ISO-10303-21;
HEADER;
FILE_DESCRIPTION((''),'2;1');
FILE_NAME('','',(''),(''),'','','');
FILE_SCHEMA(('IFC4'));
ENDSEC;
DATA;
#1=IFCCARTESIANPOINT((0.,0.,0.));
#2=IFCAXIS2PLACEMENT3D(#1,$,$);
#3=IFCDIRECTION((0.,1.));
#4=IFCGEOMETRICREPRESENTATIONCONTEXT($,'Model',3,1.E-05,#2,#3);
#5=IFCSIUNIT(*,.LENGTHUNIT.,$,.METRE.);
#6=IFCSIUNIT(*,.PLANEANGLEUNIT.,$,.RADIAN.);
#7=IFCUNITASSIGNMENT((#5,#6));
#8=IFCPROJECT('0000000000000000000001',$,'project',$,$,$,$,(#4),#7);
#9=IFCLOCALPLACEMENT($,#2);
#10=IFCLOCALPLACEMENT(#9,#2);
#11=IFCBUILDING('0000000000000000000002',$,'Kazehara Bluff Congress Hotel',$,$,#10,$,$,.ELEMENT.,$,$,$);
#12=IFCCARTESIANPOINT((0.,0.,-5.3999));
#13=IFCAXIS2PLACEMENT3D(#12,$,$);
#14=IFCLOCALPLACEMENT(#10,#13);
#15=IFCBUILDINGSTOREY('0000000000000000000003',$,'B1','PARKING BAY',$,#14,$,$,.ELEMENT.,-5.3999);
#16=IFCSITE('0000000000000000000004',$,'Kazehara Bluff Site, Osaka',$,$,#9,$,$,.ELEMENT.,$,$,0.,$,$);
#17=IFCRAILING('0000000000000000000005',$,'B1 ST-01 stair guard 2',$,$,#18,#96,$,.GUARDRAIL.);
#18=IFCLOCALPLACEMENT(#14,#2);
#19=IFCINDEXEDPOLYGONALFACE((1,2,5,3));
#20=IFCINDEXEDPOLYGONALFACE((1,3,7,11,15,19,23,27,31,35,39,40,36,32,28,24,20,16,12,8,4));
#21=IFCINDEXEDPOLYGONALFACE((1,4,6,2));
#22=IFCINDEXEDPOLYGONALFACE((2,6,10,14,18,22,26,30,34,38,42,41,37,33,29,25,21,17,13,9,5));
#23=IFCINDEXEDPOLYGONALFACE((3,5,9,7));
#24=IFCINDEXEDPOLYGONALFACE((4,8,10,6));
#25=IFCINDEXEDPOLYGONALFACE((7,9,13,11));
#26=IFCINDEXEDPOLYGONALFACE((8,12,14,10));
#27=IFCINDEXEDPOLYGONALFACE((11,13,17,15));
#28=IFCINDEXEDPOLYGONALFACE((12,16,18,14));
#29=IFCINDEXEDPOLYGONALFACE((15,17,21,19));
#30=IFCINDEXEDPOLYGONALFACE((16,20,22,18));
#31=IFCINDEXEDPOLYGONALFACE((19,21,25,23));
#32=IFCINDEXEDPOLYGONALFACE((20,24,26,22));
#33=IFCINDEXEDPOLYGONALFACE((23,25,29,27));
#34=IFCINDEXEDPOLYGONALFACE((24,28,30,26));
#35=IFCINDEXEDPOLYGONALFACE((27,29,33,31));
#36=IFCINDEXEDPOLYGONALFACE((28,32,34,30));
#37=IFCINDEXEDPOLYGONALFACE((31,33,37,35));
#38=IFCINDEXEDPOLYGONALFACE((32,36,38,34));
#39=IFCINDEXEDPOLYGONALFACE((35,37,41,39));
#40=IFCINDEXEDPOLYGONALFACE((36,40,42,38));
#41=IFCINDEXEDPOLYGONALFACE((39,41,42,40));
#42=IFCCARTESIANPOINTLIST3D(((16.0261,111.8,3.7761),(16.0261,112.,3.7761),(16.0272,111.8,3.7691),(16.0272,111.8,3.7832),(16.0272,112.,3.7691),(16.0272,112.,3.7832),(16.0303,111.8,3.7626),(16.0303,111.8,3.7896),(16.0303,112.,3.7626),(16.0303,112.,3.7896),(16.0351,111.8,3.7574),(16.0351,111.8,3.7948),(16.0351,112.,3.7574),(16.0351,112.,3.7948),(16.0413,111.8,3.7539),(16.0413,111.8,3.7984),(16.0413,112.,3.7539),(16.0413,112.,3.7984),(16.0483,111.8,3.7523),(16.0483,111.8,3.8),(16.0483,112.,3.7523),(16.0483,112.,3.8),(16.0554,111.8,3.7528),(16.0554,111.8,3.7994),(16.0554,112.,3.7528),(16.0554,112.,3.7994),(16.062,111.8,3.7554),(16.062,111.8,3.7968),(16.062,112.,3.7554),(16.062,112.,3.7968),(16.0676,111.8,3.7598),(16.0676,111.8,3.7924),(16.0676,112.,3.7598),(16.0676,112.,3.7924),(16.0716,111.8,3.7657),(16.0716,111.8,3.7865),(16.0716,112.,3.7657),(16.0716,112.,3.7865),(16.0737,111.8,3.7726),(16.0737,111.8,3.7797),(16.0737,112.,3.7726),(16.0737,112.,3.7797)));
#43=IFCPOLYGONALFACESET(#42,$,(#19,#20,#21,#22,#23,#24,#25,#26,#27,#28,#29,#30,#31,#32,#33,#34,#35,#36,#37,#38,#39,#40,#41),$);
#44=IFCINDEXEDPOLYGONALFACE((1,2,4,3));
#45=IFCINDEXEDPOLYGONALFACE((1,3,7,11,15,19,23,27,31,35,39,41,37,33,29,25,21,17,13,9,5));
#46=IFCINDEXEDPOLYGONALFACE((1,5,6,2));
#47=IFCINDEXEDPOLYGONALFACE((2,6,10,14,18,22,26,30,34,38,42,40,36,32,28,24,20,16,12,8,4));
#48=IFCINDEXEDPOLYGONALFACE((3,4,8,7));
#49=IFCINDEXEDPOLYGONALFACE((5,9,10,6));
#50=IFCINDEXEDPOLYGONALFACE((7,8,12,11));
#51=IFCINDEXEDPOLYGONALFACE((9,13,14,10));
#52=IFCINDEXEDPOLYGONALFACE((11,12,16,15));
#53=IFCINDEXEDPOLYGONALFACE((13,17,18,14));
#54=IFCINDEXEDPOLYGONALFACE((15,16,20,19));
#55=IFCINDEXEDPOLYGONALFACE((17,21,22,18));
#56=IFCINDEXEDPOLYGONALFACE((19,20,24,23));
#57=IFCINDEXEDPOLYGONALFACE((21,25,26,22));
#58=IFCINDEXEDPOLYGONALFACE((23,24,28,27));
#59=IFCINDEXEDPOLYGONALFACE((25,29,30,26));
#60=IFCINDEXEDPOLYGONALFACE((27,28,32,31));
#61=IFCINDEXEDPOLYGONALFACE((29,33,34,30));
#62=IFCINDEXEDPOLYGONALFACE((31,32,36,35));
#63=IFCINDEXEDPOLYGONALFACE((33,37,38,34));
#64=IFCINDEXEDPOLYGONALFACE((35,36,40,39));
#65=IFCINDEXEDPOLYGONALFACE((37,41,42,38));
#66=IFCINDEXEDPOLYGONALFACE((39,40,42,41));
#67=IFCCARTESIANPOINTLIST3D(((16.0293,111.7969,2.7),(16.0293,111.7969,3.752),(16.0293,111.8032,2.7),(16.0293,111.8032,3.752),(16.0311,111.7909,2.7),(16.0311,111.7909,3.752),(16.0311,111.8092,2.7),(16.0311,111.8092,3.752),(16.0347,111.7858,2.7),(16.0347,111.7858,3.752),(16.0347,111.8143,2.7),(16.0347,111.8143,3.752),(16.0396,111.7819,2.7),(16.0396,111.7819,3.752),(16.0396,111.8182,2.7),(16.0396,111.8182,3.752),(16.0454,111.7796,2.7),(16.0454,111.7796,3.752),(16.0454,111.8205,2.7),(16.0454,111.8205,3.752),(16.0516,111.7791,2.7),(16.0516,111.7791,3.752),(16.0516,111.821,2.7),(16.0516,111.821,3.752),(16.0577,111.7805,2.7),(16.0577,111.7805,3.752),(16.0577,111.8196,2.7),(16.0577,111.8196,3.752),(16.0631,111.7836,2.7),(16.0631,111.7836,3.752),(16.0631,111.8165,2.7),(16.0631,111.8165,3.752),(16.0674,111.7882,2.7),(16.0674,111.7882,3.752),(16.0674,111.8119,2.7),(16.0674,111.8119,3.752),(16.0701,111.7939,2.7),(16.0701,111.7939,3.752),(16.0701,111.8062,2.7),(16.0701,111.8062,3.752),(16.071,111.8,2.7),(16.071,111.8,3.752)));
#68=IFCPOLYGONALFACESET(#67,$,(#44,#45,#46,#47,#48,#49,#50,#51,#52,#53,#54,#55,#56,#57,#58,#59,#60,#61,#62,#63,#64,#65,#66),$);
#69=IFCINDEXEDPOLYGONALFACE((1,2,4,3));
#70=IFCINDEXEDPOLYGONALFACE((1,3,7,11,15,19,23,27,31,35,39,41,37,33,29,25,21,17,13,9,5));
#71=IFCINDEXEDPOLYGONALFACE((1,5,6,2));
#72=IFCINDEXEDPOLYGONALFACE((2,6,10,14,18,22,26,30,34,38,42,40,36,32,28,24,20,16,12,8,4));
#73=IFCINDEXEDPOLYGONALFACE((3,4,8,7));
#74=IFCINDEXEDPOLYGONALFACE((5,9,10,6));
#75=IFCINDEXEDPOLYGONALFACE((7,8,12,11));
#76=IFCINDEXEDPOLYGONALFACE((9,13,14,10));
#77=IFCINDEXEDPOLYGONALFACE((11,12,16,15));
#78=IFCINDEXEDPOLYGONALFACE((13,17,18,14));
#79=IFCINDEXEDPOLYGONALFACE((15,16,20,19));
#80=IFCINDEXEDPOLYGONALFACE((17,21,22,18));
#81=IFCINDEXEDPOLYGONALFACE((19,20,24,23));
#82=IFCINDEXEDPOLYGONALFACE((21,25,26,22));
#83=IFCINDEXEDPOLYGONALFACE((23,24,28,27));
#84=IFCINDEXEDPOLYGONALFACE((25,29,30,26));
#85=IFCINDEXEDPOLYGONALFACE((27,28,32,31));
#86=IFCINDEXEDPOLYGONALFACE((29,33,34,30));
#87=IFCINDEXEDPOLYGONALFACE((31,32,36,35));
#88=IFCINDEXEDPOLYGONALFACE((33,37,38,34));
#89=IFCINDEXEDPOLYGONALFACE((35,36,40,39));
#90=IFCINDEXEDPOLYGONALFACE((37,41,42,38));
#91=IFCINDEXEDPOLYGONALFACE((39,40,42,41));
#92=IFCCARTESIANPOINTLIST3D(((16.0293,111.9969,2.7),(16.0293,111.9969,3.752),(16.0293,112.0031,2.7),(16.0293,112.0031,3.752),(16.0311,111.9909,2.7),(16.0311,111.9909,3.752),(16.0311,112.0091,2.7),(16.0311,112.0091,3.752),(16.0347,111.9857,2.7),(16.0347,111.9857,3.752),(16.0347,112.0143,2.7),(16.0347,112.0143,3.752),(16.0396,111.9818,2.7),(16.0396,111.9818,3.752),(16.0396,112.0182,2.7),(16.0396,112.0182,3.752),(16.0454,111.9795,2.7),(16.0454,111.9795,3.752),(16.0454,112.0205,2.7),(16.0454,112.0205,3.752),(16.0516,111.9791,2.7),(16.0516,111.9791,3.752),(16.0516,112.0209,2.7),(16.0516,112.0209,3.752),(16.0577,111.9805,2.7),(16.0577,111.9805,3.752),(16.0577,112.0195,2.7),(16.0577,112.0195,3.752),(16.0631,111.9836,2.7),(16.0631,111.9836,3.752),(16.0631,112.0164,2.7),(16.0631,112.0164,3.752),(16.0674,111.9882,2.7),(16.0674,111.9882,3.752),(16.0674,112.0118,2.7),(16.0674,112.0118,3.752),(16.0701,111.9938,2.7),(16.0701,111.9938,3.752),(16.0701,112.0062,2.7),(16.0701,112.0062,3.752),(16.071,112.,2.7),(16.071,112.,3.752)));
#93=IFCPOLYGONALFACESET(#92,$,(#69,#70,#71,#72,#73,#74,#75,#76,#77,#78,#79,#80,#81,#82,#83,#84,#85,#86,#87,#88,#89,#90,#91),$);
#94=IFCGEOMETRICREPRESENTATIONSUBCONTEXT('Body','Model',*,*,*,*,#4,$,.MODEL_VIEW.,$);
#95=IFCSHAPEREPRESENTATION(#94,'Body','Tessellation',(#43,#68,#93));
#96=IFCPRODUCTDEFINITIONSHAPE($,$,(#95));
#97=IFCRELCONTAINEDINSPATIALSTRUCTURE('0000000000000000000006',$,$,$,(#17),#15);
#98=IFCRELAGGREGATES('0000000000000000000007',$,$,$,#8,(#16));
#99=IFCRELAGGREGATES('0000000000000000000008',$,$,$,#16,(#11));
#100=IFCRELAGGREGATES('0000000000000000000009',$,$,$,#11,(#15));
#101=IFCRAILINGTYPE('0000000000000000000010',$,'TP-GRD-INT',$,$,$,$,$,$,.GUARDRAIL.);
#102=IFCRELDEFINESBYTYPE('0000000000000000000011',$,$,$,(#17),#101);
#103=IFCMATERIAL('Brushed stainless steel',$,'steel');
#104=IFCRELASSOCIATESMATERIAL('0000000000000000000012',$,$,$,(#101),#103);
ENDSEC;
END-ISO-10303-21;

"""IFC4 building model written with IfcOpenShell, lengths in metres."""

from ifc_helpers import new_model, si_unit, direction, frame, origin, origin_2d, place, context, subcontext, project, spatial, circle, extrude, material, type_object, element, save


model = new_model("IFC4")

# Units and contexts
model_context = context("Model", 3, precision=1e-05, world=origin(), true_north=direction((0.0, 1.0)))
body_context = subcontext(model_context, "Body", "Model", "MODEL_VIEW")
ifc_project = project(units=[si_unit("LENGTHUNIT", "METRE"), si_unit("PLANEANGLEUNIT", "RADIAN")], contexts=[model_context])

# Site, building, storey
site_placement = place(None, origin())
site = spatial("IfcSite", under=ifc_project, at=site_placement, Name="Kazehara Bluff Site, Osaka", CompositionType="ELEMENT", RefElevation=0.0)
building_placement = place(site_placement, origin())
building = spatial("IfcBuilding", under=site, at=building_placement, Name="Kazehara Bluff Congress Hotel", CompositionType="ELEMENT")
storey_placement = place(building_placement, frame((0.0, 0.0, -5.3999)))
storey = spatial("IfcBuildingStorey", under=building, at=storey_placement, Name="B1", Description="PARKING BAY", CompositionType="ELEMENT", Elevation=-5.3999)

# Railing
ifc_material_1 = material(Name="Brushed stainless steel", Category="steel")
railing_type_1 = type_object("IfcRailingType", Name="TP-GRD-INT", PredefinedType="GUARDRAIL", material=ifc_material_1)
railing_1_placement = place(storey_placement, frame((16.05, 111.8, 2.7)))
element("IfcRailing", 1, at=railing_1_placement, inside=storey, type_object=railing_type_1, Name="B1 ST-01 stair guard 2", PredefinedType="GUARDRAIL", context=body_context, shape_type="SweptSolid", body=[
    extrude(circle(Radius=0.0239, at=origin_2d()), frame((0.0, 0.0, 1.0762), z_axis=(0.0, 1.0, 0.0), x_axis=(-1.0, 0.0, 0.0)), (0.0, 0.0, 1.0), 0.2),
    extrude(circle(Radius=0.021, at=origin_2d()), origin(), (0.0, 0.0, 1.0), 1.052),
    extrude(circle(Radius=0.021, at=origin_2d()), frame((0.0, 0.2, 0.0)), (0.0, 0.0, 1.0), 1.052),
])

save(model, "model.ifc")
